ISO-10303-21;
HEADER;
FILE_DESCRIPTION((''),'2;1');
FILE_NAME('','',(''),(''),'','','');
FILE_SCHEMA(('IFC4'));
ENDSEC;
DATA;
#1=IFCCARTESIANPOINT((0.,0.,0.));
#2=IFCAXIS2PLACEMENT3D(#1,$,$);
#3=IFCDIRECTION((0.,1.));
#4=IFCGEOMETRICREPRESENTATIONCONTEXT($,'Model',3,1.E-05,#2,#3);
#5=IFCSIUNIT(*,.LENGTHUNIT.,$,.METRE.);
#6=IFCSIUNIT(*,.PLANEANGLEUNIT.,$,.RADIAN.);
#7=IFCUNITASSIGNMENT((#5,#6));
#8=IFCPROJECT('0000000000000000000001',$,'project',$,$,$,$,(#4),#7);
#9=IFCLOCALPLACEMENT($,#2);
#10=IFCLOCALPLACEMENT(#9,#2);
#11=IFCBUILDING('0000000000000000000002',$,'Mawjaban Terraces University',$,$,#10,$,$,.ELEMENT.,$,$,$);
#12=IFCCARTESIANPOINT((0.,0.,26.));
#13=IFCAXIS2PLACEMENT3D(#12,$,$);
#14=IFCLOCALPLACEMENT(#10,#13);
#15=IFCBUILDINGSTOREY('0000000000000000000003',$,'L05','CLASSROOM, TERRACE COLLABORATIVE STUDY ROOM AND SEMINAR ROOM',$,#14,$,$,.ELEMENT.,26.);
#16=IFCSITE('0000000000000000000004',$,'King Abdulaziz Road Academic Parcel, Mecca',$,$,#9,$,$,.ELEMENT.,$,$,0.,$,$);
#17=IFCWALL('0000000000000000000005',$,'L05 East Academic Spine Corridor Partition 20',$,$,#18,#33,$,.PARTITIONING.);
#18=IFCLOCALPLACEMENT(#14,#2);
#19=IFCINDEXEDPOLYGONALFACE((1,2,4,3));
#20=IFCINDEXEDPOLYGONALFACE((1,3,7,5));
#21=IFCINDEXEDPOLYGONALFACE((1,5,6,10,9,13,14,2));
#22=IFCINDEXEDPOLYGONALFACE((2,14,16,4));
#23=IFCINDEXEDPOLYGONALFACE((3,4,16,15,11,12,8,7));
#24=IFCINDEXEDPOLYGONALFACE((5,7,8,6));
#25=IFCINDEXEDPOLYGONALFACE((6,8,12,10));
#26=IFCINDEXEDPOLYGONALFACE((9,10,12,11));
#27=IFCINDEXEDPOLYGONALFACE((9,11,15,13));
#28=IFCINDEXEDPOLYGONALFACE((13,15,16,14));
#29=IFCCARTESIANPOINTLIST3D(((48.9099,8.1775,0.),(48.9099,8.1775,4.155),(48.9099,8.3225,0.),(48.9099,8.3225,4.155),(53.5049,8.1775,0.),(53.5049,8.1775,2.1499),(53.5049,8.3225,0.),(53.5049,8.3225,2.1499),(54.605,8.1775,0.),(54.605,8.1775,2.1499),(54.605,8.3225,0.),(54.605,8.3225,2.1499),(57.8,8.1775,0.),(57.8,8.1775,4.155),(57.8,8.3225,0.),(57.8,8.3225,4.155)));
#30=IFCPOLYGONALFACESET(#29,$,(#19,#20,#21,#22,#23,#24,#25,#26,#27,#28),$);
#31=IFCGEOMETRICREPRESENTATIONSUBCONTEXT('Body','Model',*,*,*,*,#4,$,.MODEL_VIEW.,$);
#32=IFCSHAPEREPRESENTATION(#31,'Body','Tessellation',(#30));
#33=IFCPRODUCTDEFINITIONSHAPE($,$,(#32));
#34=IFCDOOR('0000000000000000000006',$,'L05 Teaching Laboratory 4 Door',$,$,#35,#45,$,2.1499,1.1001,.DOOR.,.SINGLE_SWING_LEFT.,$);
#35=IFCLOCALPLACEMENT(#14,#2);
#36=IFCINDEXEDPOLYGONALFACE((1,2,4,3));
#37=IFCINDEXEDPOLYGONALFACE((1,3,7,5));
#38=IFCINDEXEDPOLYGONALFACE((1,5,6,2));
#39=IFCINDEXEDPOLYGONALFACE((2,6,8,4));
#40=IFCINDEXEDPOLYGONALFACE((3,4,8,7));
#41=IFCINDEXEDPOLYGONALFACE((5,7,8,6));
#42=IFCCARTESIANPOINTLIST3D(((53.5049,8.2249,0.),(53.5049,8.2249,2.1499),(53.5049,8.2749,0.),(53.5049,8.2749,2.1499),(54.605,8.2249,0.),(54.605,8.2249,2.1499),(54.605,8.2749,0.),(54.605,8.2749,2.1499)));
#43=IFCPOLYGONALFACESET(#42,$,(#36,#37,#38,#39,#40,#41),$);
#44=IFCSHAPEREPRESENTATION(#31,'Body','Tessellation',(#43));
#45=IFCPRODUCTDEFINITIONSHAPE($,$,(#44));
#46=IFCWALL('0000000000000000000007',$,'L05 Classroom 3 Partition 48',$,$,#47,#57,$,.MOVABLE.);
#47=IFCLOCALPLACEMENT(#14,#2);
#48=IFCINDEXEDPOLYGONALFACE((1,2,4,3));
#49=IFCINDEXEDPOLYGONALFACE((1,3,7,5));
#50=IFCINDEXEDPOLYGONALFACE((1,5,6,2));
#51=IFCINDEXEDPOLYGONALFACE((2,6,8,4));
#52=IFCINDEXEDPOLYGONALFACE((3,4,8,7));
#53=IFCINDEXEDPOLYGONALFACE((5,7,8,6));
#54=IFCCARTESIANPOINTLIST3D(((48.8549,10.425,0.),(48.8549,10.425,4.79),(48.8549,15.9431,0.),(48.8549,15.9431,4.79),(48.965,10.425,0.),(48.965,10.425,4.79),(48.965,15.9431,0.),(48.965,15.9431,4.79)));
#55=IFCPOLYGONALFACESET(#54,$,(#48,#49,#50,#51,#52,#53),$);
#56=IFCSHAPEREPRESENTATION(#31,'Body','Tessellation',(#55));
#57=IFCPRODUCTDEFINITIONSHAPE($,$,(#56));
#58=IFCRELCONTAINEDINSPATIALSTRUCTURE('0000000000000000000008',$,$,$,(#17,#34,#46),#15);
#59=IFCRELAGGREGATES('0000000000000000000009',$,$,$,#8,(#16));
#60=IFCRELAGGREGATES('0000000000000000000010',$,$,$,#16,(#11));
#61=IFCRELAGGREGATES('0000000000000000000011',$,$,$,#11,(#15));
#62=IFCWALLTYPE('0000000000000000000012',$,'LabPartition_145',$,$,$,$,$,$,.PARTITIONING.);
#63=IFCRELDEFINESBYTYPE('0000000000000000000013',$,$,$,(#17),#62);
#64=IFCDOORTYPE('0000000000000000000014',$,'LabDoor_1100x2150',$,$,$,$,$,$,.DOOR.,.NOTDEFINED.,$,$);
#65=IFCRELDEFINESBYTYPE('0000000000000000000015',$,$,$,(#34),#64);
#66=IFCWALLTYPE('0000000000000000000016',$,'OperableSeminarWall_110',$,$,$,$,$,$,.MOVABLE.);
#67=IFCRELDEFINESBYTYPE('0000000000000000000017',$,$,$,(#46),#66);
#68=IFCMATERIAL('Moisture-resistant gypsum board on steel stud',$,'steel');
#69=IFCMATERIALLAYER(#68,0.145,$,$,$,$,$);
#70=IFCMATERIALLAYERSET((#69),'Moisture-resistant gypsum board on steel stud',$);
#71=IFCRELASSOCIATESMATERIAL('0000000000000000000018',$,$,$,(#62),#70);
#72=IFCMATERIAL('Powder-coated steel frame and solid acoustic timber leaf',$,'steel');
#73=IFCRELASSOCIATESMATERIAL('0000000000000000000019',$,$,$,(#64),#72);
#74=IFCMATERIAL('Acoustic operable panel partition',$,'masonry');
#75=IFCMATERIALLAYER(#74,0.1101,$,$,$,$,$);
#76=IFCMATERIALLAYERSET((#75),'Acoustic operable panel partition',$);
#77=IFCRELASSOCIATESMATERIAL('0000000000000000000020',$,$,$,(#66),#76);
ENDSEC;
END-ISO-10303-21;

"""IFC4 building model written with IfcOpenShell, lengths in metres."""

from ifc_helpers import new_model, si_unit, direction, frame, frame_2d, origin, place, context, subcontext, project, spatial, rectangle, extrude, material, layer, layer_set, type_object, element, fill, save


model = new_model("IFC4")

# Units and contexts
model_context = context("Model", 3, precision=1e-05, world=origin(), true_north=direction((0.0, 1.0)))
body_context = subcontext(model_context, "Body", "Model", "MODEL_VIEW")
ifc_project = project(units=[si_unit("LENGTHUNIT", "METRE"), si_unit("PLANEANGLEUNIT", "RADIAN")], contexts=[model_context])

# Site, building, storey
site_placement = place(None, origin())
site = spatial("IfcSite", under=ifc_project, at=site_placement, Name="King Abdulaziz Road Academic Parcel, Mecca", CompositionType="ELEMENT", RefElevation=0.0)
building_placement = place(site_placement, origin())
building = spatial("IfcBuilding", under=site, at=building_placement, Name="Mawjaban Terraces University", CompositionType="ELEMENT")
storey_placement = place(building_placement, frame((0.0, 0.0, 26.0)))
storey = spatial("IfcBuildingStorey", under=building, at=storey_placement, Name="L05", Description="CLASSROOM, TERRACE COLLABORATIVE STUDY ROOM AND SEMINAR ROOM", CompositionType="ELEMENT", Elevation=26.0)

# Shared definitions
ifc_material_1 = material(Name="Powder-coated steel frame and solid acoustic timber leaf", Category="steel")

# Wall, opening, door
ifc_material_2 = material(Name="Moisture-resistant gypsum board on steel stud", Category="steel")
ifc_layer_1 = layer(ifc_material_2, 0.145)
ifc_layer_set_1 = layer_set([ifc_layer_1], Name="Moisture-resistant gypsum board on steel stud")
wall_type_1 = type_object("IfcWallType", Name="LabPartition_145", PredefinedType="PARTITIONING", material=ifc_layer_set_1)
wall_1_placement = place(storey_placement, frame((48.9099, 8.25, 0.0), z_axis=(0.0, 0.0, 1.0), x_axis=(1.0, 0.0, 0.0)))
wall_1 = element("IfcWall", 1, at=wall_1_placement, inside=storey, type_object=wall_type_1, Name="L05 East Academic Spine Corridor Partition 20", PredefinedType="PARTITIONING", context=body_context, shape_type="SweptSolid", body=[
    extrude(rectangle(XDim=8.8901, YDim=0.145, at=frame_2d((4.4451, 0.0))), origin(), (0.0, 0.0, 1.0), 4.155),
])
opening_1_placement = place(wall_1_placement, frame((4.595, 0.0, 0.0)))
opening_1 = element("IfcOpeningElement", 2, at=opening_1_placement, cuts=wall_1, PredefinedType="OPENING", context=body_context, shape_type="SweptSolid", body=[
    extrude(rectangle(XDim=1.1001, YDim=2.1499, at=frame_2d((0.55, 1.075))), frame((0.0, 0.0825, 0.0), z_axis=(0.0, -1.0, 0.0), x_axis=(1.0, 0.0, 0.0)), (0.0, 0.0, 1.0), 0.165),
])
door_type_1 = type_object("IfcDoorType", Name="LabDoor_1100x2150", OperationType="NOTDEFINED", PredefinedType="DOOR", material=ifc_material_1)
door_1_placement = place(opening_1_placement, origin())
door_1 = element("IfcDoor", 3, at=door_1_placement, inside=storey, type_object=door_type_1, Name="L05 Teaching Laboratory 4 Door", OperationType="SINGLE_SWING_LEFT", OverallHeight=2.1499, OverallWidth=1.1001, PredefinedType="DOOR", context=body_context, shape_type="SweptSolid", body=[
    extrude(rectangle(XDim=1.1001, YDim=2.1499, at=frame_2d((0.55, 1.075))), frame((0.0, 0.0249, 0.0), z_axis=(0.0, -1.0, 0.0), x_axis=(1.0, 0.0, 0.0)), (0.0, 0.0, 1.0), 0.05),
])
fill(opening_1, door_1)

# Wall
ifc_material_3 = material(Name="Acoustic operable panel partition", Category="masonry")
ifc_layer_2 = layer(ifc_material_3, 0.1101)
ifc_layer_set_2 = layer_set([ifc_layer_2], Name="Acoustic operable panel partition")
wall_type_2 = type_object("IfcWallType", Name="OperableSeminarWall_110", PredefinedType="MOVABLE", material=ifc_layer_set_2)
wall_2_placement = place(storey_placement, frame((48.9099, 10.425, 0.0), z_axis=(0.0, 0.0, 1.0), x_axis=(0.0, 1.0, 0.0)))
element("IfcWall", 4, at=wall_2_placement, inside=storey, type_object=wall_type_2, Name="L05 Classroom 3 Partition 48", PredefinedType="MOVABLE", context=body_context, shape_type="SweptSolid", body=[
    extrude(rectangle(XDim=5.5181, YDim=0.1101, at=frame_2d((2.759, 0.0))), origin(), (0.0, 0.0, 1.0), 4.79),
])

save(model, "model.ifc")
